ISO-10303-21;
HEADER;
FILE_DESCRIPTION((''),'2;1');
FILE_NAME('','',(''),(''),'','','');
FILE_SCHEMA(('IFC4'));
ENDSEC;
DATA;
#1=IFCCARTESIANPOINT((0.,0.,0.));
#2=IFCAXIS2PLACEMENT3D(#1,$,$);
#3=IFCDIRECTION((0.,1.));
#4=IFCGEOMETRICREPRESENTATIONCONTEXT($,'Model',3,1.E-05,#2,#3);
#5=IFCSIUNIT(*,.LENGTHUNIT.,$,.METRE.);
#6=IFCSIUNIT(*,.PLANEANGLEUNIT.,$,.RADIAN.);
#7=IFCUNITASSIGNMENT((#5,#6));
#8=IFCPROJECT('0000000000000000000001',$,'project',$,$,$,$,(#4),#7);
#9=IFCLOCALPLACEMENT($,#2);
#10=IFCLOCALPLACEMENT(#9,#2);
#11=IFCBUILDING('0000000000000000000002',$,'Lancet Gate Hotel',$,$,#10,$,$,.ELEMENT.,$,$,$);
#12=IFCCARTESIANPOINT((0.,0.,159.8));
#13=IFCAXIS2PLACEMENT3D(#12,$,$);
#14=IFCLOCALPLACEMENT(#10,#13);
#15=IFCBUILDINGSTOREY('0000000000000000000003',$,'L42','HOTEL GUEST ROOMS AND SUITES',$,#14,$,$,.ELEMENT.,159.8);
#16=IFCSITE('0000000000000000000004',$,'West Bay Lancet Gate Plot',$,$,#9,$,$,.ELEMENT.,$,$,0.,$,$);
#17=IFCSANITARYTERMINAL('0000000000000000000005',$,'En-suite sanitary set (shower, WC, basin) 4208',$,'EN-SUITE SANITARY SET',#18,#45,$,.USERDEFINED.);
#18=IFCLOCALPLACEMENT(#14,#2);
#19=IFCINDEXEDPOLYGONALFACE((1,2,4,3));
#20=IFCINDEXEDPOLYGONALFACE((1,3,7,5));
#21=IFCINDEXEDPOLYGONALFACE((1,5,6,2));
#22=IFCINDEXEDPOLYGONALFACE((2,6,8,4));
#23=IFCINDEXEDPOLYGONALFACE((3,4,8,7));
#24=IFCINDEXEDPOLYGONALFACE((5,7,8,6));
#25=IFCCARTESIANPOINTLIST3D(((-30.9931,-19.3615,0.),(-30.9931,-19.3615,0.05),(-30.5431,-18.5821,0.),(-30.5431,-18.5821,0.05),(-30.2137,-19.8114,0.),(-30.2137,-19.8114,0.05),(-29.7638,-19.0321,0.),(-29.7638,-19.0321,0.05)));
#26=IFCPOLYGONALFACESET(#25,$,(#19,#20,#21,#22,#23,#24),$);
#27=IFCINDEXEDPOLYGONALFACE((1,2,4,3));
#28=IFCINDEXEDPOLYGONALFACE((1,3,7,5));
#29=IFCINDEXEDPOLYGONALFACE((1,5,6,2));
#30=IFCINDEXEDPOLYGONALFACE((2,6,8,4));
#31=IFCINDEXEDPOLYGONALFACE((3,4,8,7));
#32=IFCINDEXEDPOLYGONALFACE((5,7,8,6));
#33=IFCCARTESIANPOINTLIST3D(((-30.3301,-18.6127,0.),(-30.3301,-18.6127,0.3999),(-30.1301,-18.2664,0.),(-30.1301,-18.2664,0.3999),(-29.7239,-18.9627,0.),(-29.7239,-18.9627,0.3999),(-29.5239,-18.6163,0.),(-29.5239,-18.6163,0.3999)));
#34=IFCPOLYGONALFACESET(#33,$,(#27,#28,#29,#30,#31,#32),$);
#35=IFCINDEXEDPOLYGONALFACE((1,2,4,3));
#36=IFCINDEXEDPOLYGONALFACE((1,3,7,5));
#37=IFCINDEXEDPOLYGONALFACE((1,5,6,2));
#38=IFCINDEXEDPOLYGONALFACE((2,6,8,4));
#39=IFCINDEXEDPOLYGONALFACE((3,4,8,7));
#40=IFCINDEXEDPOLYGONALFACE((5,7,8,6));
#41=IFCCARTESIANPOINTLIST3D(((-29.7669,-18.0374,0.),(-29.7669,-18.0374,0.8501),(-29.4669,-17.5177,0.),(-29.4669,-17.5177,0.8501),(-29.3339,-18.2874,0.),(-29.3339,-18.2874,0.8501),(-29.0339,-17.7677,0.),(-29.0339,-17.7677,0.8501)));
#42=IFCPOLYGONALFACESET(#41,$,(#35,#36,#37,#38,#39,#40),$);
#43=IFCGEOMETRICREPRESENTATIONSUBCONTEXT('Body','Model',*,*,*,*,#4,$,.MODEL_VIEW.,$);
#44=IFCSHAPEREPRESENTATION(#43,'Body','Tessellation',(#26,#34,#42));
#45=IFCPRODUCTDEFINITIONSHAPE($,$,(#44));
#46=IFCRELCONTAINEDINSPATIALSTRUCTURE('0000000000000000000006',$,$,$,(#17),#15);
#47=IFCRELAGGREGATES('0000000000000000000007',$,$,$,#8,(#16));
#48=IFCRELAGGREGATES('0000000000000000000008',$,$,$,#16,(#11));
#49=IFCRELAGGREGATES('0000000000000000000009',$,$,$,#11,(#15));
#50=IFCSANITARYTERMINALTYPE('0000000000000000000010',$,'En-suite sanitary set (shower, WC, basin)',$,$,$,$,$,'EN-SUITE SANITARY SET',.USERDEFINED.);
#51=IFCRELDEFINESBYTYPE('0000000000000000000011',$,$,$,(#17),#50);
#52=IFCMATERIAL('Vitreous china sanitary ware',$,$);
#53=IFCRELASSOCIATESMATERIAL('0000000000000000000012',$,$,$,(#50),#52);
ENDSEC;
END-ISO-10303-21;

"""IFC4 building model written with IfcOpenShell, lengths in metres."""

from ifc_helpers import new_model, si_unit, direction, frame, origin, origin_2d, place, context, subcontext, project, spatial, rectangle, extrude, material, type_object, element, save


model = new_model("IFC4")

# Units and contexts
model_context = context("Model", 3, precision=1e-05, world=origin(), true_north=direction((0.0, 1.0)))
body_context = subcontext(model_context, "Body", "Model", "MODEL_VIEW")
ifc_project = project(units=[si_unit("LENGTHUNIT", "METRE"), si_unit("PLANEANGLEUNIT", "RADIAN")], contexts=[model_context])

# Site, building, storey
site_placement = place(None, origin())
site = spatial("IfcSite", under=ifc_project, at=site_placement, Name="West Bay Lancet Gate Plot", CompositionType="ELEMENT", RefElevation=0.0)
building_placement = place(site_placement, origin())
building = spatial("IfcBuilding", under=site, at=building_placement, Name="Lancet Gate Hotel", CompositionType="ELEMENT")
storey_placement = place(building_placement, frame((0.0, 0.0, 159.8)))
storey = spatial("IfcBuildingStorey", under=building, at=storey_placement, Name="L42", Description="HOTEL GUEST ROOMS AND SUITES", CompositionType="ELEMENT", Elevation=159.8)

# Sanitary terminal
ifc_material_1 = material(Name="Vitreous china sanitary ware")
sanitary_terminal_type = type_object("IfcSanitaryTerminalType", Name="En-suite sanitary set (shower, WC, basin)", ElementType="EN-SUITE SANITARY SET", PredefinedType="USERDEFINED", material=ifc_material_1)
sanitary_terminal_placement = place(storey_placement, frame((-30.3784, -19.1968, 0.0), z_axis=(0.0, 0.0, 1.0), x_axis=(1.0, 0.0, 0.0)))
element("IfcSanitaryTerminal", 1, at=sanitary_terminal_placement, inside=storey, type_object=sanitary_terminal_type, Name="En-suite sanitary set (shower, WC, basin) 4208", ObjectType="EN-SUITE SANITARY SET", PredefinedType="USERDEFINED", context=body_context, shape_type="SweptSolid", body=[
    extrude(rectangle(XDim=0.8999, YDim=0.8999, at=origin_2d()), frame((0.0, 0.0, 0.0), z_axis=(0.0, 0.0, 1.0), x_axis=(-0.5, -0.866025, 0.0)), (0.0, 0.0, 1.0), 0.05),
    extrude(rectangle(XDim=0.3999, YDim=0.7, at=origin_2d()), frame((0.4514, 0.5823, 0.0), z_axis=(0.0, 0.0, 1.0), x_axis=(-0.5, -0.866025, 0.0)), (0.0, 0.0, 1.0), 0.3999),
    extrude(rectangle(XDim=0.6001, YDim=0.5, at=origin_2d()), frame((0.978, 1.2942, 0.0), z_axis=(0.0, 0.0, 1.0), x_axis=(-0.5, -0.866025, 0.0)), (0.0, 0.0, 1.0), 0.8501),
])

save(model, "model.ifc")
